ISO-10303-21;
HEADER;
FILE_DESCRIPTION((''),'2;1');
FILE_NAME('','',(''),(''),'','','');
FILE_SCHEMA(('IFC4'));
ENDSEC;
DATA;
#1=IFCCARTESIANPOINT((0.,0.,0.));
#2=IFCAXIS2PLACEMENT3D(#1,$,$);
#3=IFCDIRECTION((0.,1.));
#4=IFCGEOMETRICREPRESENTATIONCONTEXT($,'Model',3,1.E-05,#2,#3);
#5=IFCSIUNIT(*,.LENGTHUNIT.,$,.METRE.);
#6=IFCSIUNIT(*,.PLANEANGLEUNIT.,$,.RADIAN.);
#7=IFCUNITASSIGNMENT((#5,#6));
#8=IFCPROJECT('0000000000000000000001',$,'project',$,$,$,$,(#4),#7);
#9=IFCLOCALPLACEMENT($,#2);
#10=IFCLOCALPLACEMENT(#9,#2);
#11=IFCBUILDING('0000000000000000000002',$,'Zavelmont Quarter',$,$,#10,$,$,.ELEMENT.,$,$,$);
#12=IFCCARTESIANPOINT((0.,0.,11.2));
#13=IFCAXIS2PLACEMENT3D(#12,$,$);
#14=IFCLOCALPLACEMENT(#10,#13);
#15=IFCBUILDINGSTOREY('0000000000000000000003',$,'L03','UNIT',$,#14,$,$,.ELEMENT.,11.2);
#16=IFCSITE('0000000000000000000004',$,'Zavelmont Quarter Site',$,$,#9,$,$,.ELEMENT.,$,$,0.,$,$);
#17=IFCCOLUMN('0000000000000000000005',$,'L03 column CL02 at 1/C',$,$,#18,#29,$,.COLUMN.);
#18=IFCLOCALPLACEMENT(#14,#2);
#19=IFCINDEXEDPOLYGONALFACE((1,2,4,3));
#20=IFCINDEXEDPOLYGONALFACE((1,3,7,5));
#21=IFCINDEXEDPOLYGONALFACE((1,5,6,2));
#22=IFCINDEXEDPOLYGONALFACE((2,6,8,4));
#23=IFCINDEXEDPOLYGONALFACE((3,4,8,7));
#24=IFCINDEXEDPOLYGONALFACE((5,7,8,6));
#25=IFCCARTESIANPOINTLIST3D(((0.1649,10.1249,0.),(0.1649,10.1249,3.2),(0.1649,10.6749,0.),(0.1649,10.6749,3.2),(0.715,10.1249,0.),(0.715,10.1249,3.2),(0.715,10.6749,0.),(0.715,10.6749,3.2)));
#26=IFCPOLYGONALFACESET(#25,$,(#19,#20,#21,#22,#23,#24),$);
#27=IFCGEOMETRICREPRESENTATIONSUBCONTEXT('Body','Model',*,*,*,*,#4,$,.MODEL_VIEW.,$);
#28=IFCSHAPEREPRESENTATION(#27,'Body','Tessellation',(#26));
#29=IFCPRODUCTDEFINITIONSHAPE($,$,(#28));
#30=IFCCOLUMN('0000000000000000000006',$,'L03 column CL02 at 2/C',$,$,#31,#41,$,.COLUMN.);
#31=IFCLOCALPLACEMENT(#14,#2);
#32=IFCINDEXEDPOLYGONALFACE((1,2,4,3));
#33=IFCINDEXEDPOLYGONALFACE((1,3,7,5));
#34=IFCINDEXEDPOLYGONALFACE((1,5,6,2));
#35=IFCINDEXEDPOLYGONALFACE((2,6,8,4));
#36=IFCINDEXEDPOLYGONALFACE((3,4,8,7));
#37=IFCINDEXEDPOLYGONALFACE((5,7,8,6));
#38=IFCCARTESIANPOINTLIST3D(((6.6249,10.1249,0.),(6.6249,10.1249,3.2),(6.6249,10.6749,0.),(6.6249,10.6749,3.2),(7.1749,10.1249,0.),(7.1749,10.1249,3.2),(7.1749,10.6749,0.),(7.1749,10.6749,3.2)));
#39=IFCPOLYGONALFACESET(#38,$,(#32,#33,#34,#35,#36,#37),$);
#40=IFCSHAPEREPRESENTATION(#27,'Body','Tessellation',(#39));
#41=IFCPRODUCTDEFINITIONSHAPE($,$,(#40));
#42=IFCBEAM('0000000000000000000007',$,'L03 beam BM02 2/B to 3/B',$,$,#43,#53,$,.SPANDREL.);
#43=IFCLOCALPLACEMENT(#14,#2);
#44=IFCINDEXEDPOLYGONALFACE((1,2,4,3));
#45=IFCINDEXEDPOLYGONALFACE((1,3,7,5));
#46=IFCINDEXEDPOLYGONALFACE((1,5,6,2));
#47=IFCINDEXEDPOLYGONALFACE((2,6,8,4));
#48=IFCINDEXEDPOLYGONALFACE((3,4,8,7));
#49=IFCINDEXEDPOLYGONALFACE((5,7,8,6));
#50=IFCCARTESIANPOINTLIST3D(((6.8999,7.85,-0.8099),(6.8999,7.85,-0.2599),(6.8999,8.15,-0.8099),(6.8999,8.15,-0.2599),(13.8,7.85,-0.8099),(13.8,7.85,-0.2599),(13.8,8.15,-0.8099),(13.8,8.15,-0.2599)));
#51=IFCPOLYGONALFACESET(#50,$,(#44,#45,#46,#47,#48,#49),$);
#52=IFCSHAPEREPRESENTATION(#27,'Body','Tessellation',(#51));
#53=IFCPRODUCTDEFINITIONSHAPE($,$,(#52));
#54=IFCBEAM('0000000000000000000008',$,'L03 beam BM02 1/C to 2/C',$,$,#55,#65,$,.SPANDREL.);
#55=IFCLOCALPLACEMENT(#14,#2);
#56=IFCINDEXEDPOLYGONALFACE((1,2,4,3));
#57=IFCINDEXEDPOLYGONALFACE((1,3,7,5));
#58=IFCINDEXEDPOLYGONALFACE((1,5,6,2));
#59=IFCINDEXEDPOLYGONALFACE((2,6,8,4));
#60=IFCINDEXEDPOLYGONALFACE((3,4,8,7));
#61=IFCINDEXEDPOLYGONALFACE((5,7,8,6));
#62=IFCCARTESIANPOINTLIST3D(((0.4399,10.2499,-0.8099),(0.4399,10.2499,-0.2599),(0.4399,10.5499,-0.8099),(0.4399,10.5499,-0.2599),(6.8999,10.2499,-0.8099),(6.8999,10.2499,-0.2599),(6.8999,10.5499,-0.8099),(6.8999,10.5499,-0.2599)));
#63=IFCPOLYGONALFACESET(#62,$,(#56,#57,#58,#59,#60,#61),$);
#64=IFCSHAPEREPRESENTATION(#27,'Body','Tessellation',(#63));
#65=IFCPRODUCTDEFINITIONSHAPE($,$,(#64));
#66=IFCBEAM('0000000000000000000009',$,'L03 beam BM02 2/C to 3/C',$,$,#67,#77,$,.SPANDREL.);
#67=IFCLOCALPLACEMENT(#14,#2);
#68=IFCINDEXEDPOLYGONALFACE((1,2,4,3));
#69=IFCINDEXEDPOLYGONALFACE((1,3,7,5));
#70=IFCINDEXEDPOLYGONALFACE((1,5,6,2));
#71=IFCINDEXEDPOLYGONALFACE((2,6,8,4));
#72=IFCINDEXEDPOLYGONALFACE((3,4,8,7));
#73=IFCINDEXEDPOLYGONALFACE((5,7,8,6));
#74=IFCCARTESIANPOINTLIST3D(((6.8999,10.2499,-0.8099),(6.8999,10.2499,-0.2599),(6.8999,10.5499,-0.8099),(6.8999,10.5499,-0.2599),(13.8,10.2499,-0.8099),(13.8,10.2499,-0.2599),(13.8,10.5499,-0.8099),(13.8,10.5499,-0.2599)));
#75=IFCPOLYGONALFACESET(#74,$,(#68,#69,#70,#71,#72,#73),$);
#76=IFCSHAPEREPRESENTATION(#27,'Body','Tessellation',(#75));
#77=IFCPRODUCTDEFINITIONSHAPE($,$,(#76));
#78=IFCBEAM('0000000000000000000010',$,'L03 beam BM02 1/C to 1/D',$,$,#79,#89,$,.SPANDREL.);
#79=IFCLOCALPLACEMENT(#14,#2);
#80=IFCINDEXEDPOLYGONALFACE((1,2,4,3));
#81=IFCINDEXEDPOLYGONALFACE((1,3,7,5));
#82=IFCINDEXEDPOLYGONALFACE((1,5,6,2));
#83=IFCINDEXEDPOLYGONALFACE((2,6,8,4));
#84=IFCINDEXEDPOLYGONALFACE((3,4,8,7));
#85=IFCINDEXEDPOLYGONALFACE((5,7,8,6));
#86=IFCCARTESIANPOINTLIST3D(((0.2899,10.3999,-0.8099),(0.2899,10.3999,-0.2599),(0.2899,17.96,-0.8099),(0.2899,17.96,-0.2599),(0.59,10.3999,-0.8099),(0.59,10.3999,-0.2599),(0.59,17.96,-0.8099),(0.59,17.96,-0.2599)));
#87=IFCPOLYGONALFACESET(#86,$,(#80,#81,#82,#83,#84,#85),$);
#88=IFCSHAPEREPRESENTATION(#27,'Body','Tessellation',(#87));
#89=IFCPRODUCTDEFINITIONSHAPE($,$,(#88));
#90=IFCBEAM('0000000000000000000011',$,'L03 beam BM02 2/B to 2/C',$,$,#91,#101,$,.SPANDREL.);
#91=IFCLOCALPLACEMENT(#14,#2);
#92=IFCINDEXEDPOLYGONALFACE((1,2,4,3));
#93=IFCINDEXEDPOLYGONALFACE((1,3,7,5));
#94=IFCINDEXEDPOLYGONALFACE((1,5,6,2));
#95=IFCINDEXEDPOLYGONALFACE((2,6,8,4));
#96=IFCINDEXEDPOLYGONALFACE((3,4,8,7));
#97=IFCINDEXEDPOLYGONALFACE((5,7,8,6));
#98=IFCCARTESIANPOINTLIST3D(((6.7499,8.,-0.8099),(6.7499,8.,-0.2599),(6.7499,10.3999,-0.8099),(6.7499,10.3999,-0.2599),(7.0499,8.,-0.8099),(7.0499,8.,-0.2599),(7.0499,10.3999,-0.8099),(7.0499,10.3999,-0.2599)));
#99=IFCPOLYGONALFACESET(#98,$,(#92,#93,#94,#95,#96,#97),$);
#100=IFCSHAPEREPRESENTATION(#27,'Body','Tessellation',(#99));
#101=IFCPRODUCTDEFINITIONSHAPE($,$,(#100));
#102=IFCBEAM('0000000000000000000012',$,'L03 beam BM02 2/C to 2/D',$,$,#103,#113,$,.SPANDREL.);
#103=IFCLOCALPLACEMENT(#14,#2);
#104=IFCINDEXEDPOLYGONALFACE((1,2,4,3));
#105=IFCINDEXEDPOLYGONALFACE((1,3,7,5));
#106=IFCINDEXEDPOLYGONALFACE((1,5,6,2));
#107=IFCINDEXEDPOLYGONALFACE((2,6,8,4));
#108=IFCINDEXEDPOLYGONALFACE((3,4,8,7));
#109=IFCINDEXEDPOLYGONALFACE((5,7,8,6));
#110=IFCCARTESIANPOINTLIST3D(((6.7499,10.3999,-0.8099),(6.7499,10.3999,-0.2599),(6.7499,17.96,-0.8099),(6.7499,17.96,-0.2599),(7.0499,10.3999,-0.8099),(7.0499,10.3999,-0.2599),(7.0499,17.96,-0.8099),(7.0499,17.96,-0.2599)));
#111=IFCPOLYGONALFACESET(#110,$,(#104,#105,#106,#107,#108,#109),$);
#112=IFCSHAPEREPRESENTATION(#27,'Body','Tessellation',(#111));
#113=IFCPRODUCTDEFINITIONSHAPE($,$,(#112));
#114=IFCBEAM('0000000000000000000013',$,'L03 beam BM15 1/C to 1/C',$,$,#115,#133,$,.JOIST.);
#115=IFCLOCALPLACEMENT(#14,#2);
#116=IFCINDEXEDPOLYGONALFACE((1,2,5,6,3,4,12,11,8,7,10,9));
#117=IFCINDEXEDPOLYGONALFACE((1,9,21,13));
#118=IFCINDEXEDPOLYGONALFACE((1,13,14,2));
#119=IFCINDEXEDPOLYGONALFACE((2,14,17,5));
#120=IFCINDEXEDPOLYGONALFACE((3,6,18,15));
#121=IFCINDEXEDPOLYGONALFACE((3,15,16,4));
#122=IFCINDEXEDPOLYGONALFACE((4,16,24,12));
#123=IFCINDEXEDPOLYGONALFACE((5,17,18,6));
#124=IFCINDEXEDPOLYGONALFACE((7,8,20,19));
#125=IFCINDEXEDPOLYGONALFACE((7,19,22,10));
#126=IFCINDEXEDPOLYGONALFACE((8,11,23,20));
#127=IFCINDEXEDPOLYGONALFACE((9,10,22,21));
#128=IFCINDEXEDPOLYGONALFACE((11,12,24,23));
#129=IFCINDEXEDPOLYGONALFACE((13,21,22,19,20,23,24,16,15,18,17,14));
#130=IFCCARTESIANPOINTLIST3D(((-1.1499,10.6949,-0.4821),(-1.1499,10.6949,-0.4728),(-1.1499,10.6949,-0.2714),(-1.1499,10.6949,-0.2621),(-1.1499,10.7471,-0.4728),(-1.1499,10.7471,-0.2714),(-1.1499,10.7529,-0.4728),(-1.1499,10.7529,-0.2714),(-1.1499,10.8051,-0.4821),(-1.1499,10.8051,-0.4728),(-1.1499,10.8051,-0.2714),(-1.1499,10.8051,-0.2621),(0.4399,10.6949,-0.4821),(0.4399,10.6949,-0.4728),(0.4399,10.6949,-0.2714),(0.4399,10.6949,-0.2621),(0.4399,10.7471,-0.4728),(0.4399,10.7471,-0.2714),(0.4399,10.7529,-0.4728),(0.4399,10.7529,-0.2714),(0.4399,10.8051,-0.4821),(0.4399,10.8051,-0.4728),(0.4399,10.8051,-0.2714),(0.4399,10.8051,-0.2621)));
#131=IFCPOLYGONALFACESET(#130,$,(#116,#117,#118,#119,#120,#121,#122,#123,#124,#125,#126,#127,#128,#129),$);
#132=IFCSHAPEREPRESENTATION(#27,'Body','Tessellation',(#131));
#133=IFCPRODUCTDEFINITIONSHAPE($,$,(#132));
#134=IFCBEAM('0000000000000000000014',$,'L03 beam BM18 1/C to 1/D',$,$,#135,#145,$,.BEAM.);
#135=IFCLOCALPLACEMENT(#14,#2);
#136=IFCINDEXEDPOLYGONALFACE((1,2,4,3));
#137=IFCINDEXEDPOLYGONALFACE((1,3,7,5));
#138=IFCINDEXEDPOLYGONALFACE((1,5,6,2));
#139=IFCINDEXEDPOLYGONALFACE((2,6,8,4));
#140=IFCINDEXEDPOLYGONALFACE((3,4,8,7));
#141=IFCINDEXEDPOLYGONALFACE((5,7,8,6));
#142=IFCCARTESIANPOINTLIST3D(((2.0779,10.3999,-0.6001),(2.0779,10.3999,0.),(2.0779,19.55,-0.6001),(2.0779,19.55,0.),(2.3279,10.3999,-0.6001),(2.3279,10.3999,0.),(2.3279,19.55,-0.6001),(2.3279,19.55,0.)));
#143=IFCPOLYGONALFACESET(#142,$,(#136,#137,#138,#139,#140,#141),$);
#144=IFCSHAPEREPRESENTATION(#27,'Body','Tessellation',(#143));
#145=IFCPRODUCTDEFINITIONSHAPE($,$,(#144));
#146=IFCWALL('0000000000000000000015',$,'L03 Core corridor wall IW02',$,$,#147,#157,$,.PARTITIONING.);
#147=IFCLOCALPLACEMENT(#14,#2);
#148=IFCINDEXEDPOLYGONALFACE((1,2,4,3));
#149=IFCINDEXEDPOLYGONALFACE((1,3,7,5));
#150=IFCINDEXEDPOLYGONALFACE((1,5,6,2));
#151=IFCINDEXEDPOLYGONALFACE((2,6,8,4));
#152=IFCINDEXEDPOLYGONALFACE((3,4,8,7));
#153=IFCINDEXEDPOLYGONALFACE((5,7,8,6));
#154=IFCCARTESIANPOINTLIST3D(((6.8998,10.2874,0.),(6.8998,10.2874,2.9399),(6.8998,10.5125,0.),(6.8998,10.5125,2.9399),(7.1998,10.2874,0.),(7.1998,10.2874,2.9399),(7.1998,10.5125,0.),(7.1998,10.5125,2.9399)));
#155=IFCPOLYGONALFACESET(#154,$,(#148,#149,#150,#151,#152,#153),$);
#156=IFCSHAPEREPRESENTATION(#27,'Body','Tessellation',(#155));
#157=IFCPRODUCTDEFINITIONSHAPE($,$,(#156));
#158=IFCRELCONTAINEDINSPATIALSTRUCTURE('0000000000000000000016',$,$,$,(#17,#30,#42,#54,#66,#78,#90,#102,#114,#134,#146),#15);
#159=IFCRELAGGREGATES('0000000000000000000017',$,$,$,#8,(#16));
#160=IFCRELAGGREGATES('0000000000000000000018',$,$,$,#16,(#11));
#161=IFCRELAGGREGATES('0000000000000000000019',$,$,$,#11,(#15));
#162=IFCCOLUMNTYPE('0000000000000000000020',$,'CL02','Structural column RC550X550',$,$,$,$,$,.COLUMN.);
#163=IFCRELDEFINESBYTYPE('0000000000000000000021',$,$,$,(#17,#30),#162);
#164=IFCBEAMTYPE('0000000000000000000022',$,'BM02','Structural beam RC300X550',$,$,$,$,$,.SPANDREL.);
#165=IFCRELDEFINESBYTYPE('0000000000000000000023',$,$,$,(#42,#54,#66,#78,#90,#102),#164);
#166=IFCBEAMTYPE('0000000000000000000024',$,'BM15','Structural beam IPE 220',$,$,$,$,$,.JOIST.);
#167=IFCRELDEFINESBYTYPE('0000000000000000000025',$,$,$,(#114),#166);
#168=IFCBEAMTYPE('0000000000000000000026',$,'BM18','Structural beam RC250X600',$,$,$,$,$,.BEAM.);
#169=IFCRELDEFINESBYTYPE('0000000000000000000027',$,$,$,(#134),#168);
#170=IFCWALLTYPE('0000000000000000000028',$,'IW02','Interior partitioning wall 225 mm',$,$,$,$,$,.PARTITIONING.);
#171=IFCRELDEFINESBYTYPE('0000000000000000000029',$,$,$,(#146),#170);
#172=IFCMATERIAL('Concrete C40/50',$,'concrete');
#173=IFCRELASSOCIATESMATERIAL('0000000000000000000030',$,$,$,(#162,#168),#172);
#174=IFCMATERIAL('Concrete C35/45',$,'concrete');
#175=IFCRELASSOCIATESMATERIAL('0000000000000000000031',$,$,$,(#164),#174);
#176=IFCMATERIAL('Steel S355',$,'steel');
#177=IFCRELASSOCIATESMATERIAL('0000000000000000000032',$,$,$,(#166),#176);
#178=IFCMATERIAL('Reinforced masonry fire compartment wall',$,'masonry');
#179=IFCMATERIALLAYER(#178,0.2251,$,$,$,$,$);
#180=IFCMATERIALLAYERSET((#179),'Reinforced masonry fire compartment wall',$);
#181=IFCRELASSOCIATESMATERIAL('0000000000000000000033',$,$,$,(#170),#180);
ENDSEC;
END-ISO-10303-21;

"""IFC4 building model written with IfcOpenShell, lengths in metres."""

from ifc_helpers import new_model, si_unit, direction, frame, frame_2d, origin, origin_2d, place, context, subcontext, project, spatial, rectangle, i_section, extrude, material, layer, layer_set, material_profile, profile_set, type_object, element, save


model = new_model("IFC4")

# Units and contexts
model_context = context("Model", 3, precision=1e-05, world=origin(), true_north=direction((0.0, 1.0)))
body_context = subcontext(model_context, "Body", "Model", "MODEL_VIEW")
ifc_project = project(units=[si_unit("LENGTHUNIT", "METRE"), si_unit("PLANEANGLEUNIT", "RADIAN")], contexts=[model_context])

# Site, building, storey
site_placement = place(None, origin())
site = spatial("IfcSite", under=ifc_project, at=site_placement, Name="Zavelmont Quarter Site", CompositionType="ELEMENT", RefElevation=0.0)
building_placement = place(site_placement, origin())
building = spatial("IfcBuilding", under=site, at=building_placement, Name="Zavelmont Quarter", CompositionType="ELEMENT")
storey_placement = place(building_placement, frame((0.0, 0.0, 11.2)))
storey = spatial("IfcBuildingStorey", under=building, at=storey_placement, Name="L03", Description="UNIT", CompositionType="ELEMENT", Elevation=11.2)

# Columns
ifc_material_1 = material(Name="Concrete C40/50", Category="concrete")
ifc_material_profile_1 = material_profile(ifc_material_1, rectangle(XDim=0.55, YDim=0.55, at=origin_2d()), Name="RC550X550")
ifc_profile_set_1 = profile_set([ifc_material_profile_1], Name="Concrete C40/50")
column_type = type_object("IfcColumnType", Name="CL02", Description="Structural column RC550X550", PredefinedType="COLUMN", material=ifc_profile_set_1)
for number, where, z_axis, x_axis, name in (
    (1, (0.4399, 10.3999, 0.0), (0.0, 0.0, 1.0), (1.0, 0.0, 0.0), "L03 column CL02 at 1/C"),
    (2, (6.8999, 10.3999, 0.0), (0.0, 0.0, 1.0), (1.0, 0.0, 0.0), "L03 column CL02 at 2/C"),
):
    element("IfcColumn", number, at=place(storey_placement, frame(where, z_axis=z_axis, x_axis=x_axis)), inside=storey, type_object=column_type, Name=name, PredefinedType="COLUMN", context=body_context, shape_type="SweptSolid", body=[
        extrude(rectangle(XDim=0.55, YDim=0.55, at=origin_2d()), origin(), (0.0, 0.0, 1.0), 3.2),
    ])

# Beams
ifc_material_2 = material(Name="Concrete C35/45", Category="concrete")
ifc_material_profile_2 = material_profile(ifc_material_2, rectangle(XDim=0.3, YDim=0.55, at=origin_2d()), Name="RC300X550")
ifc_profile_set_2 = profile_set([ifc_material_profile_2], Name="Concrete C35/45")
beam_type_1 = type_object("IfcBeamType", Name="BM02", Description="Structural beam RC300X550", PredefinedType="SPANDREL", material=ifc_profile_set_2)
beam_1_placement = place(storey_placement, frame((6.8999, 8.0, -0.5349), z_axis=(1.0, 0.0, 0.0), x_axis=(0.0, 1.0, 0.0)))
element("IfcBeam", 3, at=beam_1_placement, inside=storey, type_object=beam_type_1, Name="L03 beam BM02 2/B to 3/B", PredefinedType="SPANDREL", context=body_context, shape_type="SweptSolid", body=[
    extrude(rectangle(XDim=0.3, YDim=0.55, at=origin_2d()), origin(), (0.0, 0.0, 1.0), 6.9001),
])
beam_2_placement = place(storey_placement, frame((0.4399, 10.3999, -0.5349), z_axis=(1.0, 0.0, 0.0), x_axis=(0.0, 1.0, 0.0)))
element("IfcBeam", 4, at=beam_2_placement, inside=storey, type_object=beam_type_1, Name="L03 beam BM02 1/C to 2/C", PredefinedType="SPANDREL", context=body_context, shape_type="SweptSolid", body=[
    extrude(rectangle(XDim=0.3, YDim=0.55, at=origin_2d()), origin(), (0.0, 0.0, 1.0), 6.46),
])
beam_3_placement = place(storey_placement, frame((6.8999, 10.3999, -0.5349), z_axis=(1.0, 0.0, 0.0), x_axis=(0.0, 1.0, 0.0)))
element("IfcBeam", 5, at=beam_3_placement, inside=storey, type_object=beam_type_1, Name="L03 beam BM02 2/C to 3/C", PredefinedType="SPANDREL", context=body_context, shape_type="SweptSolid", body=[
    extrude(rectangle(XDim=0.3, YDim=0.55, at=origin_2d()), origin(), (0.0, 0.0, 1.0), 6.9001),
])
beam_4_placement = place(storey_placement, frame((0.4399, 10.3999, -0.5349), z_axis=(0.0, 1.0, 0.0), x_axis=(-1.0, 0.0, 0.0)))
element("IfcBeam", 6, at=beam_4_placement, inside=storey, type_object=beam_type_1, Name="L03 beam BM02 1/C to 1/D", PredefinedType="SPANDREL", context=body_context, shape_type="SweptSolid", body=[
    extrude(rectangle(XDim=0.3, YDim=0.55, at=origin_2d()), origin(), (0.0, 0.0, 1.0), 7.5601),
])
beam_5_placement = place(storey_placement, frame((6.8999, 8.0, -0.5349), z_axis=(0.0, 1.0, 0.0), x_axis=(-1.0, 0.0, 0.0)))
element("IfcBeam", 7, at=beam_5_placement, inside=storey, type_object=beam_type_1, Name="L03 beam BM02 2/B to 2/C", PredefinedType="SPANDREL", context=body_context, shape_type="SweptSolid", body=[
    extrude(rectangle(XDim=0.3, YDim=0.55, at=origin_2d()), origin(), (0.0, 0.0, 1.0), 2.3999),
])
beam_6_placement = place(storey_placement, frame((6.8999, 10.3999, -0.5349), z_axis=(0.0, 1.0, 0.0), x_axis=(-1.0, 0.0, 0.0)))
element("IfcBeam", 8, at=beam_6_placement, inside=storey, type_object=beam_type_1, Name="L03 beam BM02 2/C to 2/D", PredefinedType="SPANDREL", context=body_context, shape_type="SweptSolid", body=[
    extrude(rectangle(XDim=0.3, YDim=0.55, at=origin_2d()), origin(), (0.0, 0.0, 1.0), 7.5601),
])
ifc_material_3 = material(Name="Steel S355", Category="steel")
ifc_material_profile_3 = material_profile(ifc_material_3, i_section(OverallWidth=0.1101, OverallDepth=0.22, WebThickness=0.0059, FlangeThickness=0.0093, at=origin_2d()), Name="IPE 220")
ifc_profile_set_3 = profile_set([ifc_material_profile_3], Name="Steel S355")
beam_type_2 = type_object("IfcBeamType", Name="BM15", Description="Structural beam IPE 220", PredefinedType="JOIST", material=ifc_profile_set_3)
beam_7_placement = place(storey_placement, frame((0.4399, 10.75, -0.3721), z_axis=(-1.0, 0.0, 0.0), x_axis=(0.0, -1.0, 0.0)))
element("IfcBeam", 9, at=beam_7_placement, inside=storey, type_object=beam_type_2, Name="L03 beam BM15 1/C to 1/C", PredefinedType="JOIST", context=body_context, shape_type="SweptSolid", body=[
    extrude(i_section(OverallWidth=0.1101, OverallDepth=0.22, WebThickness=0.0059, FlangeThickness=0.0093, at=origin_2d()), origin(), (0.0, 0.0, 1.0), 1.5898),
])
ifc_material_profile_4 = material_profile(ifc_material_1, rectangle(XDim=0.25, YDim=0.6001, at=origin_2d()), Name="RC250X600")
ifc_profile_set_4 = profile_set([ifc_material_profile_4], Name="Concrete C40/50")
beam_type_3 = type_object("IfcBeamType", Name="BM18", Description="Structural beam RC250X600", PredefinedType="BEAM", material=ifc_profile_set_4)
beam_8_placement = place(storey_placement, frame((2.2029, 10.3999, -0.3), z_axis=(0.0, 1.0, 0.0), x_axis=(-1.0, 0.0, 0.0)))
element("IfcBeam", 10, at=beam_8_placement, inside=storey, type_object=beam_type_3, Name="L03 beam BM18 1/C to 1/D", PredefinedType="BEAM", context=body_context, shape_type="SweptSolid", body=[
    extrude(rectangle(XDim=0.25, YDim=0.6001, at=origin_2d()), origin(), (0.0, 0.0, 1.0), 9.1501),
])

# Wall
ifc_material_4 = material(Name="Reinforced masonry fire compartment wall", Category="masonry")
ifc_layer_1 = layer(ifc_material_4, 0.2251)
ifc_layer_set_1 = layer_set([ifc_layer_1], Name="Reinforced masonry fire compartment wall")
wall_type_1 = type_object("IfcWallType", Name="IW02", Description="Interior partitioning wall 225 mm", PredefinedType="PARTITIONING", material=ifc_layer_set_1)
wall_1_placement = place(storey_placement, frame((6.8999, 10.3999, 0.0), z_axis=(0.0, 0.0, 1.0), x_axis=(1.0, 0.0, 0.0)))
element("IfcWall", 11, at=wall_1_placement, inside=storey, type_object=wall_type_1, Name="L03 Core corridor wall IW02", PredefinedType="PARTITIONING", context=body_context, shape_type="SweptSolid", body=[
    extrude(rectangle(XDim=0.3, YDim=0.2251, at=frame_2d((0.1499, 0.0))), origin(), (0.0, 0.0, 1.0), 2.9399),
])

save(model, "model.ifc")
